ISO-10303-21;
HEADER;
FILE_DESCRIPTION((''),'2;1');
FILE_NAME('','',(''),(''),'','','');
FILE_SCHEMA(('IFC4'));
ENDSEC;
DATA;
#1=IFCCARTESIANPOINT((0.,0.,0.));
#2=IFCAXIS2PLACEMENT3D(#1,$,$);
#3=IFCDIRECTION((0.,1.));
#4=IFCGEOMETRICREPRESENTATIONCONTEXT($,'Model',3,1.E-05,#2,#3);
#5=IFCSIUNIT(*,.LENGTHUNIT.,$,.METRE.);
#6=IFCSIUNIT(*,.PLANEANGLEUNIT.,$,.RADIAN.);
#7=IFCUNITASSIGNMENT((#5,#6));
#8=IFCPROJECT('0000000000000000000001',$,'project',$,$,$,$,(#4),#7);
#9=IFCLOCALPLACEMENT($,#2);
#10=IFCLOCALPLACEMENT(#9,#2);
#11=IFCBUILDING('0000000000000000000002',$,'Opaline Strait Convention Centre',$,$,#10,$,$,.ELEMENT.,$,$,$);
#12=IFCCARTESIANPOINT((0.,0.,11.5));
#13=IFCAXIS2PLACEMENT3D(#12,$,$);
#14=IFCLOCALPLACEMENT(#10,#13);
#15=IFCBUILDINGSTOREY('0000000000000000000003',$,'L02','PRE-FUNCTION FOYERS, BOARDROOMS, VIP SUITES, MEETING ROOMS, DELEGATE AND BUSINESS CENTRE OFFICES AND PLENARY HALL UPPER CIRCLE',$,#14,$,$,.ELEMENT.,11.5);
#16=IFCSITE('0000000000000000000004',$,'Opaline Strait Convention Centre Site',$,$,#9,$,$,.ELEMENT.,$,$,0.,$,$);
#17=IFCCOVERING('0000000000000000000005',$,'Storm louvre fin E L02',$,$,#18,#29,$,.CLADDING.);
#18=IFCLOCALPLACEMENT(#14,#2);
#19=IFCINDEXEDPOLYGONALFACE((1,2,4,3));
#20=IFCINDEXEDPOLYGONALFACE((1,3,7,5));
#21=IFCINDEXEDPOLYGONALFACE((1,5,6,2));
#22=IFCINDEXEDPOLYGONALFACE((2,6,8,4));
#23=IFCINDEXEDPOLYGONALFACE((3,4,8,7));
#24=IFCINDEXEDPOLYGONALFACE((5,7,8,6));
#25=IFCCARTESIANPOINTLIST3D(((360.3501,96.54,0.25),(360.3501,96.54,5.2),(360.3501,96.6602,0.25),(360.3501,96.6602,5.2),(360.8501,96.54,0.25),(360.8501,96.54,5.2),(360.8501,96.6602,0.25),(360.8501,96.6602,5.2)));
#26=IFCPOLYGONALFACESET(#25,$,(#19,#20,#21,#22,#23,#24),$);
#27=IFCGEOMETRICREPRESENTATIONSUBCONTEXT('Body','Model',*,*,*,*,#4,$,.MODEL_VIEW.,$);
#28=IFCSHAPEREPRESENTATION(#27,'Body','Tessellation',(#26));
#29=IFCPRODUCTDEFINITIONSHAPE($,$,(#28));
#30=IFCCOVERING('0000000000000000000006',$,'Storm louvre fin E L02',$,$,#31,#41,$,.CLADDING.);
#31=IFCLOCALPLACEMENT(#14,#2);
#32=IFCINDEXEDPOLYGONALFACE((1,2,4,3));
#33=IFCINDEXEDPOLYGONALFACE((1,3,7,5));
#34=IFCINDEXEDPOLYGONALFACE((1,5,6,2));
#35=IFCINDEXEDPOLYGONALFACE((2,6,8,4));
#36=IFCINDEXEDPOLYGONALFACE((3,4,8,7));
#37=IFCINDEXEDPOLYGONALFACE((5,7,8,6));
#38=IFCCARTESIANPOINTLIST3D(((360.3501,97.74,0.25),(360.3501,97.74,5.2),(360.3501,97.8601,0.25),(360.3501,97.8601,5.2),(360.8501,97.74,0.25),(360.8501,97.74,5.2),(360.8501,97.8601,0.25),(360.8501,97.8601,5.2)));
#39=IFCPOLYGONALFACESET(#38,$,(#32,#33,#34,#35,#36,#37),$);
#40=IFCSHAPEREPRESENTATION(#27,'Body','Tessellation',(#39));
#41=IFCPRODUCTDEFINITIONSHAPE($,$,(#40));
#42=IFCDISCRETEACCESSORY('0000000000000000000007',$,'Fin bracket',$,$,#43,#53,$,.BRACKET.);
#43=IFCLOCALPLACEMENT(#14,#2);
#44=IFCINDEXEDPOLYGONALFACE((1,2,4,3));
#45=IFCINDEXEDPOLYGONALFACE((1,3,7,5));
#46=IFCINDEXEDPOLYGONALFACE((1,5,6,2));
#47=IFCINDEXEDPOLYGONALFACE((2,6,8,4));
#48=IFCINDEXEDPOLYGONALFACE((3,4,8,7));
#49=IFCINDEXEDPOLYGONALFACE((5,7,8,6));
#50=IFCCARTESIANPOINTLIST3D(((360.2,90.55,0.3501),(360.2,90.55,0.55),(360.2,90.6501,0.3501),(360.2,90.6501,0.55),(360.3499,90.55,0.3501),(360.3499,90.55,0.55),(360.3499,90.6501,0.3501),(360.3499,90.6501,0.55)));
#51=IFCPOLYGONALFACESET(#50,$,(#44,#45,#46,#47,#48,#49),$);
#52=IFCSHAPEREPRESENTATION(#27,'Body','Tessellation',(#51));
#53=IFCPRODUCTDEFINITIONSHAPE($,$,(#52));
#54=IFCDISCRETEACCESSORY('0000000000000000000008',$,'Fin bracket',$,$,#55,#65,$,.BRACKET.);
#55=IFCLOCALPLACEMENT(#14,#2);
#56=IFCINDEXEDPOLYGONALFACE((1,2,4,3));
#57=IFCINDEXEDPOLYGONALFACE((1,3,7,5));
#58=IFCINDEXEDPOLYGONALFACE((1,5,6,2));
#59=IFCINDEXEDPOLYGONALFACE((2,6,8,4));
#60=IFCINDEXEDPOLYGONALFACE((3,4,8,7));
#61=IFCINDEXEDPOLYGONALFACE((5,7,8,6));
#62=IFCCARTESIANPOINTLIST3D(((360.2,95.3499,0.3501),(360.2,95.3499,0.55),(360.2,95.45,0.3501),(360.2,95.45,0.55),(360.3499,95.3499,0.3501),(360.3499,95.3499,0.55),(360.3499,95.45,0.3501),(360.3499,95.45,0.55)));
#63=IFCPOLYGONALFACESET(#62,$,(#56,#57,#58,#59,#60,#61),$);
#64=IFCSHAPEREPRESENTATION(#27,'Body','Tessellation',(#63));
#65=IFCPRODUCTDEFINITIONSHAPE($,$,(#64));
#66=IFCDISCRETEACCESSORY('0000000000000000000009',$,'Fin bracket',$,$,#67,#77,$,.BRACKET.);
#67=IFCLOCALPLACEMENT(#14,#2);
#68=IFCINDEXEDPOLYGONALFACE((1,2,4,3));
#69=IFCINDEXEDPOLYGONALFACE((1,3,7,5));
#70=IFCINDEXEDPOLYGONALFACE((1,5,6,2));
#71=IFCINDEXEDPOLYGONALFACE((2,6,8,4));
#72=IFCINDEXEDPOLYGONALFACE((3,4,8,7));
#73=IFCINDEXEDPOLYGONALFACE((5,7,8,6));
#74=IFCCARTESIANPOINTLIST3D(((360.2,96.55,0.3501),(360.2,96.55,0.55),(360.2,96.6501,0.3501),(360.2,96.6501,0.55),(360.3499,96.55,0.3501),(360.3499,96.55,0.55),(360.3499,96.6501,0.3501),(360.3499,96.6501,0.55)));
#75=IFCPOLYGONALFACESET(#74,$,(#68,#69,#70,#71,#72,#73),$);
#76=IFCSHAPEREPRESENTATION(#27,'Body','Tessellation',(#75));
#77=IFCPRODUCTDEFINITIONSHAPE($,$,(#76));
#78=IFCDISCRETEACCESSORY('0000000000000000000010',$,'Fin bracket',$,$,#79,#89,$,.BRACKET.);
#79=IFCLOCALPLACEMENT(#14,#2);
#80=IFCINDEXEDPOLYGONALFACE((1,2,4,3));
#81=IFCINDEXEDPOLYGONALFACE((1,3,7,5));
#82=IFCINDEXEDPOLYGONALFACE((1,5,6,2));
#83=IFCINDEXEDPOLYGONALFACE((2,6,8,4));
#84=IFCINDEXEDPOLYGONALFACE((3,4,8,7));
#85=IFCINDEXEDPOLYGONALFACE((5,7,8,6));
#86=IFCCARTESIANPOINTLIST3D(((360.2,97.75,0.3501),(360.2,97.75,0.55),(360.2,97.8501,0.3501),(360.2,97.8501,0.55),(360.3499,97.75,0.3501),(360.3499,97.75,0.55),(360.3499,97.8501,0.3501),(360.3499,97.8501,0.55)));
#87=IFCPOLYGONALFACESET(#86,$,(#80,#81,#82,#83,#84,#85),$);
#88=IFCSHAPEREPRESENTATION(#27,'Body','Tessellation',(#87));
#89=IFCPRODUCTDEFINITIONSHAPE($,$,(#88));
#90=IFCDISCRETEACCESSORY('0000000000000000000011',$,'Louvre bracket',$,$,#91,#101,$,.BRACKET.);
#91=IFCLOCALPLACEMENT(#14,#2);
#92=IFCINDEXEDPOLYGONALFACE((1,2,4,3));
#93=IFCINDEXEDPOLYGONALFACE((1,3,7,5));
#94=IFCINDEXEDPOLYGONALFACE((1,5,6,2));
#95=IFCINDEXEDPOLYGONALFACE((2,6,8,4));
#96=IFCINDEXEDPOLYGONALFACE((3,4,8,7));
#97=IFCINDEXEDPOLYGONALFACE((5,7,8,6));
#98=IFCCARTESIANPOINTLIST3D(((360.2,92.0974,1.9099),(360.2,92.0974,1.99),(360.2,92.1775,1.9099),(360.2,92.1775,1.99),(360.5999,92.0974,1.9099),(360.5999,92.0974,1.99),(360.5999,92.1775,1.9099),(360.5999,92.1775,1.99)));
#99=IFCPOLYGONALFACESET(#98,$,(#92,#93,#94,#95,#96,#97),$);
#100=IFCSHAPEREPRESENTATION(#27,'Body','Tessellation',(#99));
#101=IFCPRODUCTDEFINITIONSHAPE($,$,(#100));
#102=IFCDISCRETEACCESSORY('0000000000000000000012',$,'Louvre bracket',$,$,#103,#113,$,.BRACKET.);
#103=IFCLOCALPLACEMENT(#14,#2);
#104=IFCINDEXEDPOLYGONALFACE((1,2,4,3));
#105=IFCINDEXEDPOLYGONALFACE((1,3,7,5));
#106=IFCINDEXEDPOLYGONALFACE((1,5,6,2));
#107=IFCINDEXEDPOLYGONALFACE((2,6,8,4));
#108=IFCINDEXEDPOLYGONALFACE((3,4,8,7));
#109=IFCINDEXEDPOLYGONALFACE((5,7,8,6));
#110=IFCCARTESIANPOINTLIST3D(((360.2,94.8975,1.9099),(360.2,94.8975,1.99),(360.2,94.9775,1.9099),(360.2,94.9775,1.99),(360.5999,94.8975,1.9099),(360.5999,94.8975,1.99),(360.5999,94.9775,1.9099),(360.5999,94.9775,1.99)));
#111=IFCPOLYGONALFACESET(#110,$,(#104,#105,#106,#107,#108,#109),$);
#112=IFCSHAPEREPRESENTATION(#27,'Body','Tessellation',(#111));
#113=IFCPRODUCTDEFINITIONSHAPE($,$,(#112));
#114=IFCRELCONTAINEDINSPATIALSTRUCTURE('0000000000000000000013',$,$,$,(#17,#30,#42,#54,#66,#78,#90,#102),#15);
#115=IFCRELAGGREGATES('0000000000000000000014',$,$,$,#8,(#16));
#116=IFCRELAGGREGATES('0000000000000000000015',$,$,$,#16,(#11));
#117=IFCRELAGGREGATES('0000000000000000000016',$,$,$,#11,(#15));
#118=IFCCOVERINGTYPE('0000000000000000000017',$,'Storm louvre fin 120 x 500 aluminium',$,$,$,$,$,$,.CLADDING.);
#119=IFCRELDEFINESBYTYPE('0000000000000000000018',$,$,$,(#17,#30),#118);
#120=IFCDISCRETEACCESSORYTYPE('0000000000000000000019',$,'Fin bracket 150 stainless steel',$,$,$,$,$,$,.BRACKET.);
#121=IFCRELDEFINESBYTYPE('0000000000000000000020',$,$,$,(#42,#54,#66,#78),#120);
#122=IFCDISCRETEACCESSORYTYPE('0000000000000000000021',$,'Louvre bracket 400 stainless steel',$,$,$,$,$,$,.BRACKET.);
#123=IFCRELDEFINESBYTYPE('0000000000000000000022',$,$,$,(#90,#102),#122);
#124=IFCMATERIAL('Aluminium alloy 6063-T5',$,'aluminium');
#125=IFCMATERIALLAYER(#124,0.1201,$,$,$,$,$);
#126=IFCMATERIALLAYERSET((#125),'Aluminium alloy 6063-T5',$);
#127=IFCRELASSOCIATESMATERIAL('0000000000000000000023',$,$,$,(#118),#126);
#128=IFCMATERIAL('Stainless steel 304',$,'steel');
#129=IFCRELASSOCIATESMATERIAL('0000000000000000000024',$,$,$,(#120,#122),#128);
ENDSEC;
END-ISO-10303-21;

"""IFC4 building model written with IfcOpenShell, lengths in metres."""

from ifc_helpers import new_model, si_unit, direction, frame, origin, origin_2d, place, context, subcontext, project, spatial, rectangle, extrude, material, layer, layer_set, type_object, element, save


model = new_model("IFC4")

# Units and contexts
model_context = context("Model", 3, precision=1e-05, world=origin(), true_north=direction((0.0, 1.0)))
body_context = subcontext(model_context, "Body", "Model", "MODEL_VIEW")
ifc_project = project(units=[si_unit("LENGTHUNIT", "METRE"), si_unit("PLANEANGLEUNIT", "RADIAN")], contexts=[model_context])

# Site, building, storey
site_placement = place(None, origin())
site = spatial("IfcSite", under=ifc_project, at=site_placement, Name="Opaline Strait Convention Centre Site", CompositionType="ELEMENT", RefElevation=0.0)
building_placement = place(site_placement, origin())
building = spatial("IfcBuilding", under=site, at=building_placement, Name="Opaline Strait Convention Centre", CompositionType="ELEMENT")
storey_placement = place(building_placement, frame((0.0, 0.0, 11.5)))
storey = spatial("IfcBuildingStorey", under=building, at=storey_placement, Name="L02", Description="PRE-FUNCTION FOYERS, BOARDROOMS, VIP SUITES, MEETING ROOMS, DELEGATE AND BUSINESS CENTRE OFFICES AND PLENARY HALL UPPER CIRCLE", CompositionType="ELEMENT", Elevation=11.5)

# Shared definitions
ifc_material_1 = material(Name="Stainless steel 304", Category="steel")

# Shared definitions
ifc_material_2 = material(Name="Aluminium alloy 6063-T5", Category="aluminium")

# Coverings
ifc_layer_1 = layer(ifc_material_2, 0.1201)
ifc_layer_set_1 = layer_set([ifc_layer_1], Name="Aluminium alloy 6063-T5")
covering_type = type_object("IfcCoveringType", Name="Storm louvre fin 120 x 500 aluminium", PredefinedType="CLADDING", material=ifc_layer_set_1)
for number, where, z_axis, x_axis, name in (
    (1, (360.6001, 96.6001, 0.25), (0.0, 0.0, 1.0), (1.0, 0.0, 0.0), "Storm louvre fin E L02"),
    (2, (360.6001, 97.8, 0.25), (0.0, 0.0, 1.0), (1.0, 0.0, 0.0), "Storm louvre fin E L02"),
):
    element("IfcCovering", number, at=place(storey_placement, frame(where, z_axis=z_axis, x_axis=x_axis)), inside=storey, type_object=covering_type, Name=name, PredefinedType="CLADDING", context=body_context, shape_type="SweptSolid", body=[
        extrude(rectangle(XDim=0.5, YDim=0.1201, at=origin_2d()), origin(), (0.0, 0.0, 1.0), 4.95),
    ])

# Discrete accessories
discrete_accessory_type_1 = type_object("IfcDiscreteAccessoryType", Name="Fin bracket 150 stainless steel", PredefinedType="BRACKET", material=ifc_material_1)
for number, where, z_axis, x_axis, name in (
    (3, (360.2749, 90.6001, 0.3501), (0.0, 0.0, 1.0), (1.0, 0.0, 0.0), "Fin bracket"),
    (4, (360.2749, 95.3999, 0.3501), (0.0, 0.0, 1.0), (1.0, 0.0, 0.0), "Fin bracket"),
    (5, (360.2749, 96.6001, 0.3501), (0.0, 0.0, 1.0), (1.0, 0.0, 0.0), "Fin bracket"),
    (6, (360.2749, 97.8, 0.3501), (0.0, 0.0, 1.0), (1.0, 0.0, 0.0), "Fin bracket"),
):
    element("IfcDiscreteAccessory", number, at=place(storey_placement, frame(where, z_axis=z_axis, x_axis=x_axis)), inside=storey, type_object=discrete_accessory_type_1, Name=name, PredefinedType="BRACKET", context=body_context, shape_type="SweptSolid", body=[
        extrude(rectangle(XDim=0.1499, YDim=0.1001, at=origin_2d()), origin(), (0.0, 0.0, 1.0), 0.2),
    ])
discrete_accessory_type_2 = type_object("IfcDiscreteAccessoryType", Name="Louvre bracket 400 stainless steel", PredefinedType="BRACKET", material=ifc_material_1)
for number, where, z_axis, x_axis, name in (
    (7, (360.3999, 92.1375, 1.9099), (0.0, 0.0, 1.0), (1.0, 0.0, 0.0), "Louvre bracket"),
    (8, (360.3999, 94.9375, 1.9099), (0.0, 0.0, 1.0), (1.0, 0.0, 0.0), "Louvre bracket"),
):
    element("IfcDiscreteAccessory", number, at=place(storey_placement, frame(where, z_axis=z_axis, x_axis=x_axis)), inside=storey, type_object=discrete_accessory_type_2, Name=name, PredefinedType="BRACKET", context=body_context, shape_type="SweptSolid", body=[
        extrude(rectangle(XDim=0.3999, YDim=0.0801, at=origin_2d()), origin(), (0.0, 0.0, 1.0), 0.0801),
    ])

save(model, "model.ifc")
